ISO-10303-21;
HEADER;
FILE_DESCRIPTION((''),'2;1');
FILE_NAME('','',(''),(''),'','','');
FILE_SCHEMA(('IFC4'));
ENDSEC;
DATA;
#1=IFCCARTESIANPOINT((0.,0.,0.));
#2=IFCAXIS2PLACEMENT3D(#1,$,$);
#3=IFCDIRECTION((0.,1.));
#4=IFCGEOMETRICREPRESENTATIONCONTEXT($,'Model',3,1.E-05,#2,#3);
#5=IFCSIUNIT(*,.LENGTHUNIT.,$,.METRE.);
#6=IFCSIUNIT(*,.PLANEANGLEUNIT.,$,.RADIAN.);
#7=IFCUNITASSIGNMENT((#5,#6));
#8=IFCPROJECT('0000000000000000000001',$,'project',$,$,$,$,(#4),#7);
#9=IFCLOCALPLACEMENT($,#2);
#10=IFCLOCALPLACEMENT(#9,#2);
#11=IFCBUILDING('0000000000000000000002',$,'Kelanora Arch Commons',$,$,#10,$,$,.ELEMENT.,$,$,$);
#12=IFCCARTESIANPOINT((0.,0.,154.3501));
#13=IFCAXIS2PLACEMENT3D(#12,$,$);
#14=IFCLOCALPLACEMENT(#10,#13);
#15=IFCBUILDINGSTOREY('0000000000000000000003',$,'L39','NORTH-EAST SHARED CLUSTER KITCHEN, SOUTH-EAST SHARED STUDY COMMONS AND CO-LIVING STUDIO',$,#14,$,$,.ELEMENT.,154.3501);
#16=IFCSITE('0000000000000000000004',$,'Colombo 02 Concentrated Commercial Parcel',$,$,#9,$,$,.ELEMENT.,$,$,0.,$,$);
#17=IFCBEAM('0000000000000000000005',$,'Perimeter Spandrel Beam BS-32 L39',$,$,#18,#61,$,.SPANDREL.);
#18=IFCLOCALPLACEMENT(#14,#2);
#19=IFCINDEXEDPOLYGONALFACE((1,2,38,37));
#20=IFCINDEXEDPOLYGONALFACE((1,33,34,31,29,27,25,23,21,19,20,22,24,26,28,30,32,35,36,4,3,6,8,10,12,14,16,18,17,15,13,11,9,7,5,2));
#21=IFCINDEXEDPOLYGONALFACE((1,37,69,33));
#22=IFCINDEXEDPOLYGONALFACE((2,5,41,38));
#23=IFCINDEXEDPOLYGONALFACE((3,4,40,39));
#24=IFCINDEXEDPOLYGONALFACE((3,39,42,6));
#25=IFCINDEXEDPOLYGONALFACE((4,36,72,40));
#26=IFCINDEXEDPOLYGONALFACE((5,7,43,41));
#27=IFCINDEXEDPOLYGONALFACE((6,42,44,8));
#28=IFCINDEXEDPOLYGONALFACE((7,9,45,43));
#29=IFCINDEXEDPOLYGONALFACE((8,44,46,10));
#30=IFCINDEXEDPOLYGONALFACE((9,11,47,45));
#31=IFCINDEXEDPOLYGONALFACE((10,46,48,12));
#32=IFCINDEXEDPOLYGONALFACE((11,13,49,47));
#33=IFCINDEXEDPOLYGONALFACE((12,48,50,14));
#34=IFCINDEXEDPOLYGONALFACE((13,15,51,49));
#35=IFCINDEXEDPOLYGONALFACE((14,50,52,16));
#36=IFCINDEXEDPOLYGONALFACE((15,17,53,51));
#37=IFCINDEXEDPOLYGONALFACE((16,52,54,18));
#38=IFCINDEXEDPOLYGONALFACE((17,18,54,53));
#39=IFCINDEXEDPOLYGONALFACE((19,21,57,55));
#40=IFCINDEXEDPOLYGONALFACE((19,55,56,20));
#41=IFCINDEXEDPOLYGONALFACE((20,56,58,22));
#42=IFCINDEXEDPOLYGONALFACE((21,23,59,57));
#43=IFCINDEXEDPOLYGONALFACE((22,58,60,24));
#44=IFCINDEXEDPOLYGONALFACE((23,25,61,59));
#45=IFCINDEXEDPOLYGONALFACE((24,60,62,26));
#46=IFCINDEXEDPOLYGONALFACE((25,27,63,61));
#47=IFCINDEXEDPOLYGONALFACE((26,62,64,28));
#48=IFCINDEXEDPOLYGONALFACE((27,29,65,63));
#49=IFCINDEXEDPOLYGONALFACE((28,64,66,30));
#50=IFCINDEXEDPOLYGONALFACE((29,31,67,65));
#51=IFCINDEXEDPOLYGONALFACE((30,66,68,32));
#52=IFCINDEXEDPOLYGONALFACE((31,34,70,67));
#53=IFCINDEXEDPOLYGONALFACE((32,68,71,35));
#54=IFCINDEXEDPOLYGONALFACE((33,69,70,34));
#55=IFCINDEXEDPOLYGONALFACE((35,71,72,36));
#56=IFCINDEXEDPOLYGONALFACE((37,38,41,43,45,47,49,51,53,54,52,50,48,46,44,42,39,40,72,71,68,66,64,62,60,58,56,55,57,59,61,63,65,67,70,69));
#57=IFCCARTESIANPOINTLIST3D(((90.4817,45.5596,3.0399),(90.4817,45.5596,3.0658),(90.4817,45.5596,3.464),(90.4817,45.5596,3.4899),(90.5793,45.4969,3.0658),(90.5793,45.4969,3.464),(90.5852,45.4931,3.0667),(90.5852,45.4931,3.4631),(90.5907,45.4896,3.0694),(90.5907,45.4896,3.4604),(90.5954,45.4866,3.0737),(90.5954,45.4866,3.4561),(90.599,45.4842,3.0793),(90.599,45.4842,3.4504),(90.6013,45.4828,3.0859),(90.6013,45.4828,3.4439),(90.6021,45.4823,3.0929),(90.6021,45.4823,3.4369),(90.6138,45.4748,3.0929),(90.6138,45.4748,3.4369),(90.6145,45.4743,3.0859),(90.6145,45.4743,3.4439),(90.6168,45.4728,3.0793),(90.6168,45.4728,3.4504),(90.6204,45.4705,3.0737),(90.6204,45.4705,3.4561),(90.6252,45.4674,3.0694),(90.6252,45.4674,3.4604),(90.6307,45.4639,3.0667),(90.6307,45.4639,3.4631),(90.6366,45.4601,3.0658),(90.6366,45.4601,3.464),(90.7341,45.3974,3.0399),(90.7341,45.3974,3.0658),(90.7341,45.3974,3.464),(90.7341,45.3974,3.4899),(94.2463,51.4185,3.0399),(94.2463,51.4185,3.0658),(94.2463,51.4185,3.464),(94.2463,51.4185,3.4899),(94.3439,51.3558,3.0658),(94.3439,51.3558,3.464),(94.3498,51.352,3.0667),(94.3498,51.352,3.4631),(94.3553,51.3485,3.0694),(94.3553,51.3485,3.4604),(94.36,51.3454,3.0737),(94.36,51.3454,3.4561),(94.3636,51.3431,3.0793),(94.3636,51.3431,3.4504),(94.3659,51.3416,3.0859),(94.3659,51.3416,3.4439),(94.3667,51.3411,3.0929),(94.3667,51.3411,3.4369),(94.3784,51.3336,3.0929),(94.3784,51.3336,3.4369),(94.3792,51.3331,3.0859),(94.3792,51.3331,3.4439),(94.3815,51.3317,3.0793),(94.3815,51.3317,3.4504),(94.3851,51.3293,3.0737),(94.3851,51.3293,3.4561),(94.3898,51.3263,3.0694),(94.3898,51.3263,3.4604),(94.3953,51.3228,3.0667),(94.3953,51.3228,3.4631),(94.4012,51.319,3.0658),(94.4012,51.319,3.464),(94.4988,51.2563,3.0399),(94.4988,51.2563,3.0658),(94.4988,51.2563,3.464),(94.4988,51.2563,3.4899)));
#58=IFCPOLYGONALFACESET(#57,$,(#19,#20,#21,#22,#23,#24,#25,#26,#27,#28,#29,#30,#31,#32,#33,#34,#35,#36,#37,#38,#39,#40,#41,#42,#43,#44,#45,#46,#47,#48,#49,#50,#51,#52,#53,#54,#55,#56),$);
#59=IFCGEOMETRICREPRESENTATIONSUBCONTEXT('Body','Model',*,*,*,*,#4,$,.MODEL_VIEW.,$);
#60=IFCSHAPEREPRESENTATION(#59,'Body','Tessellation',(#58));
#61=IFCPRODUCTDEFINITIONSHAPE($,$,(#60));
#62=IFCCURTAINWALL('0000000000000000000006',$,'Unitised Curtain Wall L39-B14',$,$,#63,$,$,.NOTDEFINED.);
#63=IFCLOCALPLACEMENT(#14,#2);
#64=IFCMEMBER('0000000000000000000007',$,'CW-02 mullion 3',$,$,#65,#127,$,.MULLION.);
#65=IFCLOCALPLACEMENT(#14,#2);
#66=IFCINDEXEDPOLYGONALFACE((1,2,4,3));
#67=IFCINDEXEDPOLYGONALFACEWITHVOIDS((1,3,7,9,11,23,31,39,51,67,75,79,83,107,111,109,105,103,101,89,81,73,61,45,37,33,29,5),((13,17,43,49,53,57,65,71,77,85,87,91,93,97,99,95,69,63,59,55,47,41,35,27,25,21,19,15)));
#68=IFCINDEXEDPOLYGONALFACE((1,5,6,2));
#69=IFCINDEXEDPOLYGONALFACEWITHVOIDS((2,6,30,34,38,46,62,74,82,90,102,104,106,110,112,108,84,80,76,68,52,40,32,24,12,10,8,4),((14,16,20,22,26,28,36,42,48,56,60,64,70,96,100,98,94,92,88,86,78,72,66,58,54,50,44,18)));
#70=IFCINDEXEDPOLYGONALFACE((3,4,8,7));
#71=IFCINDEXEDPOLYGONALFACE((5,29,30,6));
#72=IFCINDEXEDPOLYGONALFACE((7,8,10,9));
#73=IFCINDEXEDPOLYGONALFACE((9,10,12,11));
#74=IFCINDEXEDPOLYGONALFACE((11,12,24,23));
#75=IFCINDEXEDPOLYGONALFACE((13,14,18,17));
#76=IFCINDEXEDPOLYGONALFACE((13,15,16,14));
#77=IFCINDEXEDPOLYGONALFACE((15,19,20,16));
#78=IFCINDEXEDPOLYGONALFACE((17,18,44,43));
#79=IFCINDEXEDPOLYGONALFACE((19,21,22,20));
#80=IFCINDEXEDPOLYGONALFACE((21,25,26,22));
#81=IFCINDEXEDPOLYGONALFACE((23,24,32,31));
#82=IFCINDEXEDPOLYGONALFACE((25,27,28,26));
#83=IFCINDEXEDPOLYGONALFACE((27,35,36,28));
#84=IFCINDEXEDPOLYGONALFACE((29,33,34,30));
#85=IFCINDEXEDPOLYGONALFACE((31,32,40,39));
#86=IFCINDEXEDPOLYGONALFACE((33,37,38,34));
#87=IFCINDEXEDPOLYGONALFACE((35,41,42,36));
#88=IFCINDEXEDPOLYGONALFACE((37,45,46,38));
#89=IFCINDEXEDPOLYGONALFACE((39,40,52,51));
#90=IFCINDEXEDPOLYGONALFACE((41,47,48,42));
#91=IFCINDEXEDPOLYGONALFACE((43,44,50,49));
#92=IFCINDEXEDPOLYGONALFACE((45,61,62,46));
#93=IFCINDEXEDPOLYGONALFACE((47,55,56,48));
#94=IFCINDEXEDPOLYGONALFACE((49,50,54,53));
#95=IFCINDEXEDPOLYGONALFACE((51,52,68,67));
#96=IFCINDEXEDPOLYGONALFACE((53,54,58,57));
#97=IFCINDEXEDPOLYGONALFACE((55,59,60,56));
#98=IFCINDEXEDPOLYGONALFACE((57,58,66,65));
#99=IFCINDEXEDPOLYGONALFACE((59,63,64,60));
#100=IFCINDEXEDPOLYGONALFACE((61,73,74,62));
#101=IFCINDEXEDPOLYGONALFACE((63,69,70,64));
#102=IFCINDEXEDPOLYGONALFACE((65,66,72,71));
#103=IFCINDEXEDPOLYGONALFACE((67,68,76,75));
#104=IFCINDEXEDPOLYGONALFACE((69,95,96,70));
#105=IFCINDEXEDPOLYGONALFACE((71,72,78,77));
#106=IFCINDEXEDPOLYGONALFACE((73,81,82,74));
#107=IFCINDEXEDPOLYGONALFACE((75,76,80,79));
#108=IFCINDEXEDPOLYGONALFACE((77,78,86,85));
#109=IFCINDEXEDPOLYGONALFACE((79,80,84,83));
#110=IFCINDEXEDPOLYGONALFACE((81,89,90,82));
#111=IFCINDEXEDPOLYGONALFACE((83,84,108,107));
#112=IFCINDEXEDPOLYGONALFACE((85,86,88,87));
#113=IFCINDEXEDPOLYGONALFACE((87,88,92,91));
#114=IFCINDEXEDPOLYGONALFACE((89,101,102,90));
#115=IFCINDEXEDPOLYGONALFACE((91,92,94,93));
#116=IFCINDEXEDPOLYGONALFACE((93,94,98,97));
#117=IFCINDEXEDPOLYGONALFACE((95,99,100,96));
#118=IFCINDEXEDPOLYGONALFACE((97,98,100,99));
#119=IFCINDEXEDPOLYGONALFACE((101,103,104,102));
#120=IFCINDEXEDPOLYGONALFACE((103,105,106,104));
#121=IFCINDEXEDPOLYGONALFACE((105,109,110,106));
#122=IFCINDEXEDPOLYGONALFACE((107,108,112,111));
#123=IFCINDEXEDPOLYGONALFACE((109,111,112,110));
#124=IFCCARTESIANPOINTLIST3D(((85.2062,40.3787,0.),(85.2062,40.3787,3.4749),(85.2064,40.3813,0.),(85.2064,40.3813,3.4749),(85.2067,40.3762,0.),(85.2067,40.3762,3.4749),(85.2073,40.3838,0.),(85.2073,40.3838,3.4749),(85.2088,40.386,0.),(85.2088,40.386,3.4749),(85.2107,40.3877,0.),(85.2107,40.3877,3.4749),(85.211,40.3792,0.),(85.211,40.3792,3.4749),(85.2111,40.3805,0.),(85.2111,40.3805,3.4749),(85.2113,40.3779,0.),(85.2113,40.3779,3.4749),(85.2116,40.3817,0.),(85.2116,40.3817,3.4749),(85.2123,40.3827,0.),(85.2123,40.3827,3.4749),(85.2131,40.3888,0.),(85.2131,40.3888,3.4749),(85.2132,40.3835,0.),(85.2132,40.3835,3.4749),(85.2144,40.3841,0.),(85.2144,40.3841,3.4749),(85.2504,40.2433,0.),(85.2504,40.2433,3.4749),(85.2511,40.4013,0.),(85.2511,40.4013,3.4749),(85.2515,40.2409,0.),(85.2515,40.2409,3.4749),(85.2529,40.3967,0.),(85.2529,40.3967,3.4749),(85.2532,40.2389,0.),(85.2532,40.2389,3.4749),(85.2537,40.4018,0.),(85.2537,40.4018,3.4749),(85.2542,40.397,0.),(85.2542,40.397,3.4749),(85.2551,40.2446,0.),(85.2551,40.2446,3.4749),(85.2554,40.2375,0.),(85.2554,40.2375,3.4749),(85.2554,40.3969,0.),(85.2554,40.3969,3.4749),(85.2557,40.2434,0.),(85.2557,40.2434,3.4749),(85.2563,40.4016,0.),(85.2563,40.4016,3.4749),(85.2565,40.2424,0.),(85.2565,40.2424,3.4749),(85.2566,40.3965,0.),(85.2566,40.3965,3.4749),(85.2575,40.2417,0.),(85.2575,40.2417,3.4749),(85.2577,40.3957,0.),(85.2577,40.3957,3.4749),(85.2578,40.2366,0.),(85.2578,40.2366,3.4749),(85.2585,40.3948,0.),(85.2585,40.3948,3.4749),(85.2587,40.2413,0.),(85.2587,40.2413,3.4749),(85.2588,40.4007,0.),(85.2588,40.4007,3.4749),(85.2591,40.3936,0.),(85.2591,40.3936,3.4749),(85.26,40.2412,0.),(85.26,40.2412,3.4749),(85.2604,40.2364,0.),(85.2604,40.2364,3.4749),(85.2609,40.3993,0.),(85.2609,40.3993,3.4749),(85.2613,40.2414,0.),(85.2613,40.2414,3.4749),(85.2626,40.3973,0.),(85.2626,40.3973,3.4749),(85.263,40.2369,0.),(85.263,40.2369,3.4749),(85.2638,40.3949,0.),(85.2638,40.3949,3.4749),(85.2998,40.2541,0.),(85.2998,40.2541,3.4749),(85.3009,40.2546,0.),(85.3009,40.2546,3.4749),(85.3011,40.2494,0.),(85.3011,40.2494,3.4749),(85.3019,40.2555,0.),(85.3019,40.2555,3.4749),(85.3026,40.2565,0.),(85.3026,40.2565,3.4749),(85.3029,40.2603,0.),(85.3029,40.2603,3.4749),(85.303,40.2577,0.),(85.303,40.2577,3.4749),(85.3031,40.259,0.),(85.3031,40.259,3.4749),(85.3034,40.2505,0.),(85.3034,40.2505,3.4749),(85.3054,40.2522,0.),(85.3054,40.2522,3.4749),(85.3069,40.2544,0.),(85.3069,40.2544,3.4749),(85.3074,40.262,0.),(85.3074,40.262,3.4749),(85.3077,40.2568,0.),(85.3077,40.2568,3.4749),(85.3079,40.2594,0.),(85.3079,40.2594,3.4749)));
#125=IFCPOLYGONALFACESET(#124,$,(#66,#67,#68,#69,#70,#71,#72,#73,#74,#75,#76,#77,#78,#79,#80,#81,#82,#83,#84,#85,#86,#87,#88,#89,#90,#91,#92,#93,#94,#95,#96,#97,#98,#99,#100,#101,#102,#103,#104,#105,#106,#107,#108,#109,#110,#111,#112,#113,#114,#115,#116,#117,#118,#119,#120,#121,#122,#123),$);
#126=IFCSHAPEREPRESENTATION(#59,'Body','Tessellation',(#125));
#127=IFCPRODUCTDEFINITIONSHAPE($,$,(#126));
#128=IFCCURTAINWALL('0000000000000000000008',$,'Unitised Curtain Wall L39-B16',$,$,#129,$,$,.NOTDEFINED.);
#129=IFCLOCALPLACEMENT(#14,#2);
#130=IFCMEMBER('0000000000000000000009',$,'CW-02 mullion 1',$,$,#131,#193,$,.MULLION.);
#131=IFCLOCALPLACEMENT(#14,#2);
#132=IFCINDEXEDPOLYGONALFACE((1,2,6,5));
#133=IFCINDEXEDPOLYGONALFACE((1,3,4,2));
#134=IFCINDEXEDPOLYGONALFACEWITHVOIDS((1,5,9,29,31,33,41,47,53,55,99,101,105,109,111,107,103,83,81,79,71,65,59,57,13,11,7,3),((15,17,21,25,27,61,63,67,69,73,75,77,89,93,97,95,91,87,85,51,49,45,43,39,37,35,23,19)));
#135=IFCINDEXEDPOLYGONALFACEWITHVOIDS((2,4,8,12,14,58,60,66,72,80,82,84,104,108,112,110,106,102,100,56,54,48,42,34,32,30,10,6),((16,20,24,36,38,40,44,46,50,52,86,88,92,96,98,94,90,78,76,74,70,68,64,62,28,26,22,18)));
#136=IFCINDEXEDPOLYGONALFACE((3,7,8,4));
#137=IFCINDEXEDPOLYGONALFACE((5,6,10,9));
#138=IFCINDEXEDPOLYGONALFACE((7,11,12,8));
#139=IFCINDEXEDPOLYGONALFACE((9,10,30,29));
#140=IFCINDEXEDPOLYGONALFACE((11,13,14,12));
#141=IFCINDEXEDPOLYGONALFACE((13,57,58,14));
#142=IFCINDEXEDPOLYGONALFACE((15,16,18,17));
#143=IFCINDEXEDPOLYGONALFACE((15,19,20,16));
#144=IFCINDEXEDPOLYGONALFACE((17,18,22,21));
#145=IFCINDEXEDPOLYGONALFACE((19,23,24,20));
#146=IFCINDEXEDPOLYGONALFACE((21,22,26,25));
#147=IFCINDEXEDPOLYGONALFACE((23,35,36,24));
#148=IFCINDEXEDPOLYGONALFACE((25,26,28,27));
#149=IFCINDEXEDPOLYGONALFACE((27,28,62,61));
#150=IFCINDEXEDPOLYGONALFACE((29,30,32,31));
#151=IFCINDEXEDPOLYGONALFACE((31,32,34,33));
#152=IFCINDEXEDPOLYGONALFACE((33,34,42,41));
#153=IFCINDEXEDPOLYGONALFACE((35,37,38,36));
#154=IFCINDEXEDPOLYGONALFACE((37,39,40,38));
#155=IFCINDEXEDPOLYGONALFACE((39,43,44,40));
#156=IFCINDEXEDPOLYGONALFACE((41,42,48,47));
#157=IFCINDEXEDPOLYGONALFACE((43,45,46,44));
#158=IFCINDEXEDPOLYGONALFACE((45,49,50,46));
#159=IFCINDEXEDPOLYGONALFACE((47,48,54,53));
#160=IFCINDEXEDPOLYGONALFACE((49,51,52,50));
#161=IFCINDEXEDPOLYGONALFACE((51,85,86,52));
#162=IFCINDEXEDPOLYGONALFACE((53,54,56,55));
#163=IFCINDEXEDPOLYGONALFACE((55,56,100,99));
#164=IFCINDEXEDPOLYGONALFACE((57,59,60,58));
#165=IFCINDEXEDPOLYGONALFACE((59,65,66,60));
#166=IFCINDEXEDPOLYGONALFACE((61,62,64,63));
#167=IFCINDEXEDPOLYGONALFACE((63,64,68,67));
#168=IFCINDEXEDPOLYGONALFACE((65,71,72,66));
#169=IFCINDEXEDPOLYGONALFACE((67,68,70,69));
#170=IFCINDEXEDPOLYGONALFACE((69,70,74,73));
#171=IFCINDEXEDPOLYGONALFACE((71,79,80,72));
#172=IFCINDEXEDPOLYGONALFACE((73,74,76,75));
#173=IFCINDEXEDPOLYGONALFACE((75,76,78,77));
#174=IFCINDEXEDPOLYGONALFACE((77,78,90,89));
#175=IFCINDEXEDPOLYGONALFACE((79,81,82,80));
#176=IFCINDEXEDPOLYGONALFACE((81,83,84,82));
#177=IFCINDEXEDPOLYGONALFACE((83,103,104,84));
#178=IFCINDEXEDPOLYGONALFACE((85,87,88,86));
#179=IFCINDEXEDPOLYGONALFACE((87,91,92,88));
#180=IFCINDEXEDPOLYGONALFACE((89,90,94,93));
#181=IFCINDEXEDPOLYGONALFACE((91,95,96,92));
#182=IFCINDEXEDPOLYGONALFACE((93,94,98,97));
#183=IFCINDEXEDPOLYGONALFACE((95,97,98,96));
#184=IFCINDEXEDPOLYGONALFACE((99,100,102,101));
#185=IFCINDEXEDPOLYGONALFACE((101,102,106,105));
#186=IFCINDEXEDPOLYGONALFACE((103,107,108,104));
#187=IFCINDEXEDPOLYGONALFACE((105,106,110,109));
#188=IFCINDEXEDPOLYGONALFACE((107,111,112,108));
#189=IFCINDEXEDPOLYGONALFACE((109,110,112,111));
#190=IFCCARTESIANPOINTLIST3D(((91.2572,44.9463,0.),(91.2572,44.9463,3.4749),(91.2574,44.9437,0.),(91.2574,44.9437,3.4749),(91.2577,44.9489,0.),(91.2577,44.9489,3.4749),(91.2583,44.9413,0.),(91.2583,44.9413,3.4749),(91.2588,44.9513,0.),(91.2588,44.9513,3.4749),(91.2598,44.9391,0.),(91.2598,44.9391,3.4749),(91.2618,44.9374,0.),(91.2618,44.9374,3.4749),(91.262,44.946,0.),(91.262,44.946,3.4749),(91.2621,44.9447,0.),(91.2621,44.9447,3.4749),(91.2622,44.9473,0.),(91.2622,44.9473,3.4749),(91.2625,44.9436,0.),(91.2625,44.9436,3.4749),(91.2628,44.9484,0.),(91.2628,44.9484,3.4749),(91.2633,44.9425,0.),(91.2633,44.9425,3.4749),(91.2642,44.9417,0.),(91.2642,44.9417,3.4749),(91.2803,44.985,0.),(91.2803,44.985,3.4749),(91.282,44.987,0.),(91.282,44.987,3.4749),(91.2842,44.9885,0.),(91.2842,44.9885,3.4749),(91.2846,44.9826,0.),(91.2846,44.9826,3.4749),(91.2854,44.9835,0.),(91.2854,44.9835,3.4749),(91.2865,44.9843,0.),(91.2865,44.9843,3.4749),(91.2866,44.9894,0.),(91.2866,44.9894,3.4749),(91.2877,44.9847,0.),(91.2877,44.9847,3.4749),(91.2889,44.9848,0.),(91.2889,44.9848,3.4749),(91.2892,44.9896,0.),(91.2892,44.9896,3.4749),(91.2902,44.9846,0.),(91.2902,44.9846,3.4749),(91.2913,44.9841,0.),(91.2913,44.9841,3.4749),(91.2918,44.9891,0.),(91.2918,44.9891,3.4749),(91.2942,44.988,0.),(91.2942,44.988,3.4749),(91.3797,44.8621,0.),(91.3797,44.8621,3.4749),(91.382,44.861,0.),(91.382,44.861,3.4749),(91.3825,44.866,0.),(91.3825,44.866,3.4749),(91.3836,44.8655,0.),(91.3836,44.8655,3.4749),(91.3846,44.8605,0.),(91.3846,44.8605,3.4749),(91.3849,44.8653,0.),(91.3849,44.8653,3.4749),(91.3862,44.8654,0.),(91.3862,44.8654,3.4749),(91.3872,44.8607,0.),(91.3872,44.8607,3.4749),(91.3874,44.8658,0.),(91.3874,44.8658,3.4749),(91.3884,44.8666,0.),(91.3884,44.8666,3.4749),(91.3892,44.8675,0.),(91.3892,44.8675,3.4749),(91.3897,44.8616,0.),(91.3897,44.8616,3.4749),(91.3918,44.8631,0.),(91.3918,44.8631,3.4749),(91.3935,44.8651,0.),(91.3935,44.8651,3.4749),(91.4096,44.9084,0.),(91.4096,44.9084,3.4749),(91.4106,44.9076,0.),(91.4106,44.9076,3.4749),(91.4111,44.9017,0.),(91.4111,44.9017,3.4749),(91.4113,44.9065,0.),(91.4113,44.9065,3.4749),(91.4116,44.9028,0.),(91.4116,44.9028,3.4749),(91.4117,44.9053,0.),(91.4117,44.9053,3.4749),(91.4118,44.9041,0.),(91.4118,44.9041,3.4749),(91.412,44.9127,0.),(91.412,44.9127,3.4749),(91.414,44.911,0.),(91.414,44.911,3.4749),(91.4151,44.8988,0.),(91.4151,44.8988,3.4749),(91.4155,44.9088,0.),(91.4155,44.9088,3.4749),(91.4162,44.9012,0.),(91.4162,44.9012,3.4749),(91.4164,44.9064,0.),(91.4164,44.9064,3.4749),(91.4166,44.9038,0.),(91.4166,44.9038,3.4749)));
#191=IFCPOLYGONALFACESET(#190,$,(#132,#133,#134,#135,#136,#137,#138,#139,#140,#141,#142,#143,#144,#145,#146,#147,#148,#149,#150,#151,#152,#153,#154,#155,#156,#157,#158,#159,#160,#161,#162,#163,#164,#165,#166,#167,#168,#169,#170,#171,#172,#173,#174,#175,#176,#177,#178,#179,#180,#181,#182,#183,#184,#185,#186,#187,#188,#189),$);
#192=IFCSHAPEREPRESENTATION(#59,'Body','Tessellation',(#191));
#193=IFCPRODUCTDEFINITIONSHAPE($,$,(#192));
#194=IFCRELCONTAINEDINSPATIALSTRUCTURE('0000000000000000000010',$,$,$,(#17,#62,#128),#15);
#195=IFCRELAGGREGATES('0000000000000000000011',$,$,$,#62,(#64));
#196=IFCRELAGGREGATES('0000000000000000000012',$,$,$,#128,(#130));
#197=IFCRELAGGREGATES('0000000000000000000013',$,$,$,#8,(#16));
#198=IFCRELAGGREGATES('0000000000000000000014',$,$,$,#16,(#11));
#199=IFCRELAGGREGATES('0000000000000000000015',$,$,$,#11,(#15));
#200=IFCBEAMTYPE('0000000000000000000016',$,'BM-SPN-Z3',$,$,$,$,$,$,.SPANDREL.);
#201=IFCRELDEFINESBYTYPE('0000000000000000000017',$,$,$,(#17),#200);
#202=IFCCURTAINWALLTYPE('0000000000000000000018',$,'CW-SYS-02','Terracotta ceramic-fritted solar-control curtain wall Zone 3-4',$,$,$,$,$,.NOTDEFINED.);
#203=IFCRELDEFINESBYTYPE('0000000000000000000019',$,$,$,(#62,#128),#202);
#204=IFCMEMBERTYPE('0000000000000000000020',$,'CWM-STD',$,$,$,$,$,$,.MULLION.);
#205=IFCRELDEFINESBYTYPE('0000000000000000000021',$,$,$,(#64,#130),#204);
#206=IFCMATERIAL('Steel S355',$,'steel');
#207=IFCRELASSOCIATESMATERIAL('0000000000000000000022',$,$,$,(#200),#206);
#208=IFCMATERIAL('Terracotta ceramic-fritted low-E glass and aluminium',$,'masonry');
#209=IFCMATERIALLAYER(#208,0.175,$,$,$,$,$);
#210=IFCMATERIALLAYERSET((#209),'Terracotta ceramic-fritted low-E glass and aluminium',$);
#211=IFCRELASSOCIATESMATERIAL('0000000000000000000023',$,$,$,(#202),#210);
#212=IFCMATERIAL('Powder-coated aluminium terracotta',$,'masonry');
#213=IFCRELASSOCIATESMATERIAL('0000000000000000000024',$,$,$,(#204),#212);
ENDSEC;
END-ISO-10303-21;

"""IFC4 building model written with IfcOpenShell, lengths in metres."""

from ifc_helpers import new_model, si_unit, direction, frame, origin, origin_2d, place, context, subcontext, project, spatial, hollow_rectangle, i_section, extrude, material, layer, layer_set, material_profile, profile_set, type_object, element, aggregate, save


model = new_model("IFC4")

# Units and contexts
model_context = context("Model", 3, precision=1e-05, world=origin(), true_north=direction((0.0, 1.0)))
body_context = subcontext(model_context, "Body", "Model", "MODEL_VIEW")
ifc_project = project(units=[si_unit("LENGTHUNIT", "METRE"), si_unit("PLANEANGLEUNIT", "RADIAN")], contexts=[model_context])

# Site, building, storey
site_placement = place(None, origin())
site = spatial("IfcSite", under=ifc_project, at=site_placement, Name="Colombo 02 Concentrated Commercial Parcel", CompositionType="ELEMENT", RefElevation=0.0)
building_placement = place(site_placement, origin())
building = spatial("IfcBuilding", under=site, at=building_placement, Name="Kelanora Arch Commons", CompositionType="ELEMENT")
storey_placement = place(building_placement, frame((0.0, 0.0, 154.3501)))
storey = spatial("IfcBuildingStorey", under=building, at=storey_placement, Name="L39", Description="NORTH-EAST SHARED CLUSTER KITCHEN, SOUTH-EAST SHARED STUDY COMMONS AND CO-LIVING STUDIO", CompositionType="ELEMENT", Elevation=154.3501)

# Beam
ifc_material_1 = material(Name="Steel S355", Category="steel")
ifc_material_profile_1 = material_profile(ifc_material_1, i_section(OverallWidth=0.3, OverallDepth=0.45, WebThickness=0.0139, FlangeThickness=0.0259, FilletRadius=0.0271, at=origin_2d()), Name="HEB450")
ifc_profile_set_1 = profile_set([ifc_material_profile_1], Name="Steel S355")
beam_type_1 = type_object("IfcBeamType", Name="BM-SPN-Z3", PredefinedType="SPANDREL", material=ifc_profile_set_1)
beam_1_placement = place(storey_placement, frame((90.6079, 45.4785, 3.2649), z_axis=(0.540577, 0.841295, 0.0), x_axis=(-0.841295, 0.540577, 0.0)))
element("IfcBeam", 1, at=beam_1_placement, inside=storey, type_object=beam_type_1, Name="Perimeter Spandrel Beam BS-32 L39", PredefinedType="SPANDREL", context=body_context, shape_type="SweptSolid", body=[
    extrude(i_section(OverallWidth=0.3, OverallDepth=0.45, WebThickness=0.0139, FlangeThickness=0.0259, FilletRadius=0.0271, at=origin_2d()), origin(), (0.0, 0.0, 1.0), 6.9641),
])

# Curtain wall, member
ifc_material_2 = material(Name="Terracotta ceramic-fritted low-E glass and aluminium", Category="masonry")
ifc_layer_1 = layer(ifc_material_2, 0.175)
ifc_layer_set_1 = layer_set([ifc_layer_1], Name="Terracotta ceramic-fritted low-E glass and aluminium")
curtain_wall_type = type_object("IfcCurtainWallType", Name="CW-SYS-02", Description="Terracotta ceramic-fritted solar-control curtain wall Zone 3-4", PredefinedType="NOTDEFINED", material=ifc_layer_set_1)
curtain_wall_1_placement = place(storey_placement, origin())
curtain_wall_1 = element("IfcCurtainWall", 2, at=curtain_wall_1_placement, inside=storey, type_object=curtain_wall_type, Name="Unitised Curtain Wall L39-B14", PredefinedType="NOTDEFINED")
ifc_material_3 = material(Name="Powder-coated aluminium terracotta", Category="masonry")
ifc_material_profile_2 = material_profile(ifc_material_3, hollow_rectangle(XDim=0.1599, YDim=0.0601, WallThickness=0.0049, InnerFilletRadius=0.0049, OuterFilletRadius=0.01, at=origin_2d()), Name="CWM160x60")
ifc_profile_set_2 = profile_set([ifc_material_profile_2], Name="Powder-coated aluminium terracotta")
member_type_1 = type_object("IfcMemberType", Name="CWM-STD", PredefinedType="MULLION", material=ifc_profile_set_2)
member_1_placement = place(storey_placement, frame((85.2571, 40.3191, 0.0), z_axis=(0.0, 0.0, 1.0), x_axis=(-0.312128, 0.95004, 0.0)))
member_1 = element("IfcMember", 3, at=member_1_placement, type_object=member_type_1, Name="CW-02 mullion 3", PredefinedType="MULLION", context=body_context, shape_type="SweptSolid", body=[
    extrude(hollow_rectangle(XDim=0.1599, YDim=0.0601, WallThickness=0.0049, InnerFilletRadius=0.0049, OuterFilletRadius=0.01, at=origin_2d()), origin(), (0.0, 0.0, 1.0), 3.4749),
])

# Curtain wall, member
curtain_wall_2_placement = place(storey_placement, origin())
curtain_wall_2 = element("IfcCurtainWall", 4, at=curtain_wall_2_placement, inside=storey, type_object=curtain_wall_type, Name="Unitised Curtain Wall L39-B16", PredefinedType="NOTDEFINED")
member_2_placement = place(storey_placement, frame((91.3369, 44.925, 0.0), z_axis=(0.0, 0.0, 1.0), x_axis=(-0.842423, 0.538817, 0.0)))
member_2 = element("IfcMember", 5, at=member_2_placement, type_object=member_type_1, Name="CW-02 mullion 1", PredefinedType="MULLION", context=body_context, shape_type="SweptSolid", body=[
    extrude(hollow_rectangle(XDim=0.1599, YDim=0.0601, WallThickness=0.0049, InnerFilletRadius=0.0049, OuterFilletRadius=0.01, at=origin_2d()), origin(), (0.0, 0.0, 1.0), 3.4749),
])

aggregate(curtain_wall_1, [member_1])
aggregate(curtain_wall_2, [member_2])

save(model, "model.ifc")
